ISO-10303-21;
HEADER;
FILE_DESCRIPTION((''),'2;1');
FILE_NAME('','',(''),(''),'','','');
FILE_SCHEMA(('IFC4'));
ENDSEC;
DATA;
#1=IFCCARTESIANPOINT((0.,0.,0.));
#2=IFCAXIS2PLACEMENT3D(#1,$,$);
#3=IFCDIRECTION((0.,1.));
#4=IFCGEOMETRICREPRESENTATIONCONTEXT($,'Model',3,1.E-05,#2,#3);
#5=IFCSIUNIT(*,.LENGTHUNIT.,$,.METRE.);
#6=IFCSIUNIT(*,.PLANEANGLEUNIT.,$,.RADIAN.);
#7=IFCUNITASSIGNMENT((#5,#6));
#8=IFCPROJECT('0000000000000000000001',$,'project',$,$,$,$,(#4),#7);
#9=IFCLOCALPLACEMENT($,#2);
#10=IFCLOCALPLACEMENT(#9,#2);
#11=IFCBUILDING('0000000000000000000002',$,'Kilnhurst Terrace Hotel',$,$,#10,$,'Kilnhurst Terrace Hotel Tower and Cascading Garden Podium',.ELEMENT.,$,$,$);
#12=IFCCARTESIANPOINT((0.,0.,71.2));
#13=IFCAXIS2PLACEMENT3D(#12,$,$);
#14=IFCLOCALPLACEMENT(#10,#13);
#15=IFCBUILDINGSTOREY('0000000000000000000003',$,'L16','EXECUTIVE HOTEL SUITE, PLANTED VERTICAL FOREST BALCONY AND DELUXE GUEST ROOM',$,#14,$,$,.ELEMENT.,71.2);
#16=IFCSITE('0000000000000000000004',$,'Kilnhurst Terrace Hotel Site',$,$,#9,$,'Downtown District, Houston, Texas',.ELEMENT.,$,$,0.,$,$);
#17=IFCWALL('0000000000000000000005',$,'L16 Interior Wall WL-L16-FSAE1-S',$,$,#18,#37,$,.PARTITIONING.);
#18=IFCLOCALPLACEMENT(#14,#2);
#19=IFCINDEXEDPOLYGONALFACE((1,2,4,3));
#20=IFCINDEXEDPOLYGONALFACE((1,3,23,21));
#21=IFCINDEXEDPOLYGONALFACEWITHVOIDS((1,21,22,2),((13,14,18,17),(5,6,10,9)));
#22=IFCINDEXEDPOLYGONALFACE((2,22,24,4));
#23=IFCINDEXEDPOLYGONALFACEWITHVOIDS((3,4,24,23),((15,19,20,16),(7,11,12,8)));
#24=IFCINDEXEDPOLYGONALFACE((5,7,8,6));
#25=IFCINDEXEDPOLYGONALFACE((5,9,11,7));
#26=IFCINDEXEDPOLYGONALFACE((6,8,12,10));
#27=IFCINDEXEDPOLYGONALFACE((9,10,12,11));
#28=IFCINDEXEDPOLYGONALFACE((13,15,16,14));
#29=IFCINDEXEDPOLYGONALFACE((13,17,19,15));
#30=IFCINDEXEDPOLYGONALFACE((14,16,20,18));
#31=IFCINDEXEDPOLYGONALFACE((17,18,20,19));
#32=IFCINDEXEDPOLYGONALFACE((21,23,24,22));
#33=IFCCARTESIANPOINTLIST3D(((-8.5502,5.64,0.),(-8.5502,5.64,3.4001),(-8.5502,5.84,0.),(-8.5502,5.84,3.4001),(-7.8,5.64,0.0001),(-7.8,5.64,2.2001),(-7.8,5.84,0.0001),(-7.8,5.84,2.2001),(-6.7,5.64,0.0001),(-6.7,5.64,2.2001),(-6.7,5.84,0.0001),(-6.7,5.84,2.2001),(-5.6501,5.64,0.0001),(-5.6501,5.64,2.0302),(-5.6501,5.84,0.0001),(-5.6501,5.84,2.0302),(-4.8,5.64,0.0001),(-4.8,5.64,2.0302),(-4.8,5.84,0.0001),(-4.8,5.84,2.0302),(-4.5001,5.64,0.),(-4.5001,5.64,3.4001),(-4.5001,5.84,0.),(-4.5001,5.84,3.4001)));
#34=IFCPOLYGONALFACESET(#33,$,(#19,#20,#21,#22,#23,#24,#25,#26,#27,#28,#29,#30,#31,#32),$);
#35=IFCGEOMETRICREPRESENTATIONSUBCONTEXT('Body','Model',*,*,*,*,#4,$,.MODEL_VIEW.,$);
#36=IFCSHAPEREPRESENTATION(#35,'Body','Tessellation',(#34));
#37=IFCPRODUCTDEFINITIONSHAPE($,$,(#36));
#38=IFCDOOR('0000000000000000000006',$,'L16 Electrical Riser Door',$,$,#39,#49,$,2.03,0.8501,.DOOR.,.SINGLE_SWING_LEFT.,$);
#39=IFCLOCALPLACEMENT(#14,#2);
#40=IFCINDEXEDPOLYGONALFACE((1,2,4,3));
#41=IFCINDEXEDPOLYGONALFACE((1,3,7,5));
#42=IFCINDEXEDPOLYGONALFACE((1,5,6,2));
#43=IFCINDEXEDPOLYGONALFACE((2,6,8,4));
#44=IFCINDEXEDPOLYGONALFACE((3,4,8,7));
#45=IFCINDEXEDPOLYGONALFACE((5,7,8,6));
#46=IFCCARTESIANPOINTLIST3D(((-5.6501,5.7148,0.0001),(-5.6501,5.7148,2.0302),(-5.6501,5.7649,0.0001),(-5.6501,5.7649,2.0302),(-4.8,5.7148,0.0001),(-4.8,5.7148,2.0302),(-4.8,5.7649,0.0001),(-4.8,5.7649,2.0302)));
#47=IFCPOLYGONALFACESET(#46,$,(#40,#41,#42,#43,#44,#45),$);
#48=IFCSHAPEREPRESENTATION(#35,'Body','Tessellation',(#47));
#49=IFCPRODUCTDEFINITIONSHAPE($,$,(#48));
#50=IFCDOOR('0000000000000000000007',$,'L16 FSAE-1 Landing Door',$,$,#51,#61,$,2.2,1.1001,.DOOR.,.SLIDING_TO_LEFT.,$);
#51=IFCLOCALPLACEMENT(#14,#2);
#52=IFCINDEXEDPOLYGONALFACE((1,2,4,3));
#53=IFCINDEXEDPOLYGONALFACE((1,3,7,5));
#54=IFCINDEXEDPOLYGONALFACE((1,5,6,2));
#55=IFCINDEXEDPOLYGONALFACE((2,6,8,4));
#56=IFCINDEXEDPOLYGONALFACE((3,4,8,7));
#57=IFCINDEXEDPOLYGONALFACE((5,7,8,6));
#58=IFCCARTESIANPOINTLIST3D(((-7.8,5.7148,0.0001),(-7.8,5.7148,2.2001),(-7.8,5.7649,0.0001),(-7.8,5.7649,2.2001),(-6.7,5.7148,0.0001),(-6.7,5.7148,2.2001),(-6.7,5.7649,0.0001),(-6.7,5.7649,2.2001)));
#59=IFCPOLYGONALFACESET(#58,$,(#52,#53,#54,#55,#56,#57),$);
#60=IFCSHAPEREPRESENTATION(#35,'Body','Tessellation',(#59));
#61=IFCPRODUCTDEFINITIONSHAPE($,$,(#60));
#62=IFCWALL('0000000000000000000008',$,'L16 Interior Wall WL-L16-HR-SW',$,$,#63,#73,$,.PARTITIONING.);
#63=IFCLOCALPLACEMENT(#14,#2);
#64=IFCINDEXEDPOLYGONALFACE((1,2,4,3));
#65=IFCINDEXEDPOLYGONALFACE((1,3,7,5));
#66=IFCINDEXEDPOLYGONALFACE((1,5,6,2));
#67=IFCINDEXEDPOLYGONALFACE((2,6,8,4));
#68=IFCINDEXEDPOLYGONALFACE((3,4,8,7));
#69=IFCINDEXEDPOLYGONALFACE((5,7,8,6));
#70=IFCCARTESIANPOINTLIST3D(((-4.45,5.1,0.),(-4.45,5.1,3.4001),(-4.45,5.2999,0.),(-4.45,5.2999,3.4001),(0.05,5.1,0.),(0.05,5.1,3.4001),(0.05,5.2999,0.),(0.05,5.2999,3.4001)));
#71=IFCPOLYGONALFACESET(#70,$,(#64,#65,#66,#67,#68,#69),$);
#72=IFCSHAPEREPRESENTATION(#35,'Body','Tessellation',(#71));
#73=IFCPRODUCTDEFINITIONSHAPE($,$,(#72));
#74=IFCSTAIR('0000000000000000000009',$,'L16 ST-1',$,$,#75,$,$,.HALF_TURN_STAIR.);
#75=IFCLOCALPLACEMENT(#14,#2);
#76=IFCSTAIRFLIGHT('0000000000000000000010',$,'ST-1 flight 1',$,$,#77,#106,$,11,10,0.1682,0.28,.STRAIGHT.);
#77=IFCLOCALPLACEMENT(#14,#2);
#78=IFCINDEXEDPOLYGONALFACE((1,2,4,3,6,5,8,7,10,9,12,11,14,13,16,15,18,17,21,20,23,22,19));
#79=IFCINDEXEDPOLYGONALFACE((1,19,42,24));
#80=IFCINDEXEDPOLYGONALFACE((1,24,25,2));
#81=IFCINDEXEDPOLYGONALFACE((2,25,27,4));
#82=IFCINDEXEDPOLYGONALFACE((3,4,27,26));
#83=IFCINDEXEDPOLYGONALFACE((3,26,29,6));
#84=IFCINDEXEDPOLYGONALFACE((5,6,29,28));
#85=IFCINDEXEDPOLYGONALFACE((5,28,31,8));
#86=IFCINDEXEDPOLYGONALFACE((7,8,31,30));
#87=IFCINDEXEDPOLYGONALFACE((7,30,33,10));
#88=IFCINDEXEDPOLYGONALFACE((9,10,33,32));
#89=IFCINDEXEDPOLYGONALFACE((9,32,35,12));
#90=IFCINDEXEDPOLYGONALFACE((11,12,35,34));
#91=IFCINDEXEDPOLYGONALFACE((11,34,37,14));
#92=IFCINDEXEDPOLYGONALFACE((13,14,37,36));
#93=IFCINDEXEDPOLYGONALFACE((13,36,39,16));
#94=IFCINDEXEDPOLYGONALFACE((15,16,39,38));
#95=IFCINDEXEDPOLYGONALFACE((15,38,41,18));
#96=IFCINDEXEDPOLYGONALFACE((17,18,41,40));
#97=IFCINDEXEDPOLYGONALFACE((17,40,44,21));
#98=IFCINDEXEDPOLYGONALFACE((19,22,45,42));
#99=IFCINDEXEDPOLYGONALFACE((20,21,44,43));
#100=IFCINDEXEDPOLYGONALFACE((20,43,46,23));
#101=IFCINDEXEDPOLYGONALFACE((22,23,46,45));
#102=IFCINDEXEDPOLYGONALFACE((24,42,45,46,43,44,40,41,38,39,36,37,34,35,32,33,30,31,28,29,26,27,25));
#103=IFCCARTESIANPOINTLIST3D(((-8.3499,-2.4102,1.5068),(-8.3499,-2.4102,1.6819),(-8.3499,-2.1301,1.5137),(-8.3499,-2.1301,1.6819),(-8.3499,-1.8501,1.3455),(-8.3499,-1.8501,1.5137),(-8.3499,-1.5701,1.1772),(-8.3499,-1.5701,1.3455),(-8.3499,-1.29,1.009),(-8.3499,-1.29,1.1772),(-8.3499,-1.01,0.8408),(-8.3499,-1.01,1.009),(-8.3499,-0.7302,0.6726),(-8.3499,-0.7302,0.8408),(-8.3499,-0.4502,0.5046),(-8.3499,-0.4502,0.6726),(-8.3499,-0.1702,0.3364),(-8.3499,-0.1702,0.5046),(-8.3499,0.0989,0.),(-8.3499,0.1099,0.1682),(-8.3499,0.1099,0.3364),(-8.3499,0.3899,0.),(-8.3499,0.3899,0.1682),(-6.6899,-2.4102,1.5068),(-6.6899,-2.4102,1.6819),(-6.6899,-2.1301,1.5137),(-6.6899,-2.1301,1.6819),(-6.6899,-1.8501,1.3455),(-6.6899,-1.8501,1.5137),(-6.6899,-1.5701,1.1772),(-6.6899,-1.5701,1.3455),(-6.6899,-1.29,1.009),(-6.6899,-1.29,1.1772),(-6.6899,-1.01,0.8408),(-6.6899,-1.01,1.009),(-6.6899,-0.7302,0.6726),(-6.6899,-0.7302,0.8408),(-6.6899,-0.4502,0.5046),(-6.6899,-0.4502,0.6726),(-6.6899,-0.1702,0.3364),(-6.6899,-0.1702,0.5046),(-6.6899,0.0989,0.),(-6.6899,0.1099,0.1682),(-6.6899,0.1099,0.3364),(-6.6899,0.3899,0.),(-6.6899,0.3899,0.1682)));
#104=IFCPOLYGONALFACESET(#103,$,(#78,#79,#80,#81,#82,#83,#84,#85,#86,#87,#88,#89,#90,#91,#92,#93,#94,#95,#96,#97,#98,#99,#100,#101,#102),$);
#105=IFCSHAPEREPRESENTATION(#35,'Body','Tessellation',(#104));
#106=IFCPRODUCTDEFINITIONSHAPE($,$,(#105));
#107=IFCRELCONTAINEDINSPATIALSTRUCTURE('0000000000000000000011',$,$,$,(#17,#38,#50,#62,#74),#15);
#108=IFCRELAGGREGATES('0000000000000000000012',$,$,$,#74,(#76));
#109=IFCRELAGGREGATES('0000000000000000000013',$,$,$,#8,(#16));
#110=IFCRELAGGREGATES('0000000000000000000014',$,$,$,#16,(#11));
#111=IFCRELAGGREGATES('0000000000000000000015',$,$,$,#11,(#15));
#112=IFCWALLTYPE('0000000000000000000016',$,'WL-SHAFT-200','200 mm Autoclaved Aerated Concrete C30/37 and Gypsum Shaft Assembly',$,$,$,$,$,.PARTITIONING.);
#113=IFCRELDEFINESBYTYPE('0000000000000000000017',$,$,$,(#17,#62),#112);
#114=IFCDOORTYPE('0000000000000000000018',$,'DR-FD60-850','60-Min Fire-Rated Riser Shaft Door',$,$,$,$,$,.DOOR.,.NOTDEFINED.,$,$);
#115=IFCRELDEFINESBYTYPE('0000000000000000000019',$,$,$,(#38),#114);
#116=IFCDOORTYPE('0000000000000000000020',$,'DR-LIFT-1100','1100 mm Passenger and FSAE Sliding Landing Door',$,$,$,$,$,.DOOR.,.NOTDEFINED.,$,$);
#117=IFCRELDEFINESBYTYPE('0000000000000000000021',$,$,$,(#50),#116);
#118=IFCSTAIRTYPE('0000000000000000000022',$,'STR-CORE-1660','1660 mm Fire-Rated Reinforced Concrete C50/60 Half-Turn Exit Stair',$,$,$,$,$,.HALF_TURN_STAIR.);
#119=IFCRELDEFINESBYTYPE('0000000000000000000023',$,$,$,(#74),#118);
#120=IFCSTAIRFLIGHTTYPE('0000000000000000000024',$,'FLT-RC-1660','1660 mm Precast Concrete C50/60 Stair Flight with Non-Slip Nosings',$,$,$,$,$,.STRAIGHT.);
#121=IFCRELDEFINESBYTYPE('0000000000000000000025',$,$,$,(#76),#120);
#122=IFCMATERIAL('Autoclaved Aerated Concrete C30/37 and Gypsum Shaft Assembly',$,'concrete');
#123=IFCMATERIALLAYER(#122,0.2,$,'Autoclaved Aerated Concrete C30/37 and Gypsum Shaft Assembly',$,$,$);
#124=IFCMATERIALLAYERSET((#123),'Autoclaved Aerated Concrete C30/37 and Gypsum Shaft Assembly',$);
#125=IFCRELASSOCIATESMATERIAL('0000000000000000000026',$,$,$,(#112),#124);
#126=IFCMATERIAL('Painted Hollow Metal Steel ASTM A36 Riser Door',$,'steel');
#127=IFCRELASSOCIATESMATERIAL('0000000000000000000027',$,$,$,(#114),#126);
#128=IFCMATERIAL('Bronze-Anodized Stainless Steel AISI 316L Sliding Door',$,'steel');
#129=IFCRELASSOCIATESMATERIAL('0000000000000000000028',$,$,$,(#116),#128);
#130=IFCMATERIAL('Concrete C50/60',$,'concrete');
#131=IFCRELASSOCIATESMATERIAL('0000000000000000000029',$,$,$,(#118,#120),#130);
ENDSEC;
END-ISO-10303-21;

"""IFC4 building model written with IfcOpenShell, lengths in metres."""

from ifc_helpers import new_model, si_unit, direction, frame, frame_2d, origin, place, context, subcontext, project, spatial, polyline, rectangle, outline, extrude, material, layer, layer_set, type_object, element, fill, aggregate, save


model = new_model("IFC4")

# Units and contexts
model_context = context("Model", 3, precision=1e-05, world=origin(), true_north=direction((0.0, 1.0)))
body_context = subcontext(model_context, "Body", "Model", "MODEL_VIEW")
ifc_project = project(units=[si_unit("LENGTHUNIT", "METRE"), si_unit("PLANEANGLEUNIT", "RADIAN")], contexts=[model_context])

# Site, building, storey
site_placement = place(None, origin())
site = spatial("IfcSite", under=ifc_project, at=site_placement, Name="Kilnhurst Terrace Hotel Site", LongName="Downtown District, Houston, Texas", CompositionType="ELEMENT", RefElevation=0.0)
building_placement = place(site_placement, origin())
building = spatial("IfcBuilding", under=site, at=building_placement, Name="Kilnhurst Terrace Hotel", LongName="Kilnhurst Terrace Hotel Tower and Cascading Garden Podium", CompositionType="ELEMENT")
storey_placement = place(building_placement, frame((0.0, 0.0, 71.2)))
storey = spatial("IfcBuildingStorey", under=building, at=storey_placement, Name="L16", Description="EXECUTIVE HOTEL SUITE, PLANTED VERTICAL FOREST BALCONY AND DELUXE GUEST ROOM", CompositionType="ELEMENT", Elevation=71.2)

# Shared definitions
ifc_material_1 = material(Name="Concrete C50/60", Category="concrete")

# Wall, openings, doors
ifc_material_2 = material(Name="Autoclaved Aerated Concrete C30/37 and Gypsum Shaft Assembly", Category="concrete")
ifc_layer_1 = layer(ifc_material_2, 0.2, Name="Autoclaved Aerated Concrete C30/37 and Gypsum Shaft Assembly")
ifc_layer_set_1 = layer_set([ifc_layer_1], Name="Autoclaved Aerated Concrete C30/37 and Gypsum Shaft Assembly")
wall_type_1 = type_object("IfcWallType", Name="WL-SHAFT-200", Description="200 mm Autoclaved Aerated Concrete C30/37 and Gypsum Shaft Assembly", PredefinedType="PARTITIONING", material=ifc_layer_set_1)
wall_1_placement = place(storey_placement, frame((-8.55, 5.74, 0.0), z_axis=(0.0, 0.0, 1.0), x_axis=(1.0, 0.0, 0.0)))
wall_1 = element("IfcWall", 1, at=wall_1_placement, inside=storey, type_object=wall_type_1, Name="L16 Interior Wall WL-L16-FSAE1-S", PredefinedType="PARTITIONING", context=body_context, shape_type="SweptSolid", body=[
    extrude(rectangle(XDim=4.05, YDim=0.2, at=frame_2d((2.0249, 0.0))), origin(), (0.0, 0.0, 1.0), 3.4001),
])
opening_1_placement = place(wall_1_placement, frame((0.75, 0.0, 0.0)))
opening_1 = element("IfcOpeningElement", 2, at=opening_1_placement, cuts=wall_1, PredefinedType="OPENING", context=body_context, shape_type="SweptSolid", body=[
    extrude(rectangle(XDim=1.1001, YDim=2.2, at=frame_2d((0.55, 1.1001))), frame((0.0, 0.1099, 0.0), z_axis=(0.0, -1.0, 0.0), x_axis=(1.0, 0.0, 0.0)), (0.0, 0.0, 1.0), 0.22),
])
opening_2_placement = place(wall_1_placement, frame((2.8999, 0.0, 0.0)))
opening_2 = element("IfcOpeningElement", 3, at=opening_2_placement, cuts=wall_1, PredefinedType="OPENING", context=body_context, shape_type="SweptSolid", body=[
    extrude(rectangle(XDim=0.8501, YDim=2.03, at=frame_2d((0.425, 1.0151))), frame((0.0, 0.1099, 0.0), z_axis=(0.0, -1.0, 0.0), x_axis=(1.0, 0.0, 0.0)), (0.0, 0.0, 1.0), 0.22),
])
ifc_material_3 = material(Name="Painted Hollow Metal Steel ASTM A36 Riser Door", Category="steel")
door_type_1 = type_object("IfcDoorType", Name="DR-FD60-850", Description="60-Min Fire-Rated Riser Shaft Door", OperationType="NOTDEFINED", PredefinedType="DOOR", material=ifc_material_3)
door_1_placement = place(opening_2_placement, origin())
door_1 = element("IfcDoor", 4, at=door_1_placement, inside=storey, type_object=door_type_1, Name="L16 Electrical Riser Door", OperationType="SINGLE_SWING_LEFT", OverallHeight=2.03, OverallWidth=0.8501, PredefinedType="DOOR", context=body_context, shape_type="SweptSolid", body=[
    extrude(rectangle(XDim=0.8501, YDim=2.03, at=frame_2d((0.425, 1.0151))), frame((0.0, 0.0249, 0.0), z_axis=(0.0, -1.0, 0.0), x_axis=(1.0, 0.0, 0.0)), (0.0, 0.0, 1.0), 0.05),
])
fill(opening_2, door_1)
ifc_material_4 = material(Name="Bronze-Anodized Stainless Steel AISI 316L Sliding Door", Category="steel")
door_type_2 = type_object("IfcDoorType", Name="DR-LIFT-1100", Description="1100 mm Passenger and FSAE Sliding Landing Door", OperationType="NOTDEFINED", PredefinedType="DOOR", material=ifc_material_4)
door_2_placement = place(opening_1_placement, origin())
door_2 = element("IfcDoor", 5, at=door_2_placement, inside=storey, type_object=door_type_2, Name="L16 FSAE-1 Landing Door", OperationType="SLIDING_TO_LEFT", OverallHeight=2.2, OverallWidth=1.1001, PredefinedType="DOOR", context=body_context, shape_type="SweptSolid", body=[
    extrude(rectangle(XDim=1.1001, YDim=2.2, at=frame_2d((0.55, 1.1001))), frame((0.0, 0.0249, 0.0), z_axis=(0.0, -1.0, 0.0), x_axis=(1.0, 0.0, 0.0)), (0.0, 0.0, 1.0), 0.05),
])
fill(opening_1, door_2)

# Wall
wall_2_placement = place(storey_placement, frame((-4.45, 5.2, 0.0), z_axis=(0.0, 0.0, 1.0), x_axis=(1.0, 0.0, 0.0)))
element("IfcWall", 6, at=wall_2_placement, inside=storey, type_object=wall_type_1, Name="L16 Interior Wall WL-L16-HR-SW", PredefinedType="PARTITIONING", context=body_context, shape_type="SweptSolid", body=[
    extrude(rectangle(XDim=4.5, YDim=0.2, at=frame_2d((2.25, 0.0))), origin(), (0.0, 0.0, 1.0), 3.4001),
])

# Stair, stair flight
stair_type = type_object("IfcStairType", Name="STR-CORE-1660", Description="1660 mm Fire-Rated Reinforced Concrete C50/60 Half-Turn Exit Stair", PredefinedType="HALF_TURN_STAIR", material=ifc_material_1)
stair_placement = place(storey_placement, origin())
stair = element("IfcStair", 7, at=stair_placement, inside=storey, type_object=stair_type, Name="L16 ST-1", PredefinedType="HALF_TURN_STAIR")
stair_flight_type = type_object("IfcStairFlightType", Name="FLT-RC-1660", Description="1660 mm Precast Concrete C50/60 Stair Flight with Non-Slip Nosings", PredefinedType="STRAIGHT", material=ifc_material_1)
stair_flight_placement = place(storey_placement, frame((-7.52, 0.3899, 0.0), z_axis=(0.0, 0.0, 1.0), x_axis=(0.0, -1.0, 0.0)))
stair_flight = element("IfcStairFlight", 8, at=stair_flight_placement, type_object=stair_flight_type, Name="ST-1 flight 1", NumberOfRisers=11, NumberOfTreads=10, PredefinedType="STRAIGHT", RiserHeight=0.1682, TreadLength=0.28, context=body_context, shape_type="SweptSolid", body=[
    extrude(outline(polyline([(0.0, 0.0), (0.0, 0.1682), (0.28, 0.1682), (0.28, 0.3364), (0.5601, 0.3364), (0.5601, 0.5046), (0.8401, 0.5046), (0.8401, 0.6726), (1.1201, 0.6726), (1.1201, 0.8408), (1.3999, 0.8408), (1.3999, 1.009), (1.6799, 1.009), (1.6799, 1.1772), (1.96, 1.1772), (1.96, 1.3455), (2.24, 1.3455), (2.24, 1.5137), (2.52, 1.5137), (2.52, 1.6819), (2.8, 1.6819), (2.8, 1.8501), (2.8, 1.5068), (0.291, 0.0), (0.0, 0.0)])), frame((0.0, 0.8301, 0.0), z_axis=(0.0, -1.0, 0.0), x_axis=(1.0, 0.0, 0.0)), (0.0, 0.0, 1.0), 1.6599),
])
aggregate(stair, [stair_flight])

save(model, "model.ifc")
